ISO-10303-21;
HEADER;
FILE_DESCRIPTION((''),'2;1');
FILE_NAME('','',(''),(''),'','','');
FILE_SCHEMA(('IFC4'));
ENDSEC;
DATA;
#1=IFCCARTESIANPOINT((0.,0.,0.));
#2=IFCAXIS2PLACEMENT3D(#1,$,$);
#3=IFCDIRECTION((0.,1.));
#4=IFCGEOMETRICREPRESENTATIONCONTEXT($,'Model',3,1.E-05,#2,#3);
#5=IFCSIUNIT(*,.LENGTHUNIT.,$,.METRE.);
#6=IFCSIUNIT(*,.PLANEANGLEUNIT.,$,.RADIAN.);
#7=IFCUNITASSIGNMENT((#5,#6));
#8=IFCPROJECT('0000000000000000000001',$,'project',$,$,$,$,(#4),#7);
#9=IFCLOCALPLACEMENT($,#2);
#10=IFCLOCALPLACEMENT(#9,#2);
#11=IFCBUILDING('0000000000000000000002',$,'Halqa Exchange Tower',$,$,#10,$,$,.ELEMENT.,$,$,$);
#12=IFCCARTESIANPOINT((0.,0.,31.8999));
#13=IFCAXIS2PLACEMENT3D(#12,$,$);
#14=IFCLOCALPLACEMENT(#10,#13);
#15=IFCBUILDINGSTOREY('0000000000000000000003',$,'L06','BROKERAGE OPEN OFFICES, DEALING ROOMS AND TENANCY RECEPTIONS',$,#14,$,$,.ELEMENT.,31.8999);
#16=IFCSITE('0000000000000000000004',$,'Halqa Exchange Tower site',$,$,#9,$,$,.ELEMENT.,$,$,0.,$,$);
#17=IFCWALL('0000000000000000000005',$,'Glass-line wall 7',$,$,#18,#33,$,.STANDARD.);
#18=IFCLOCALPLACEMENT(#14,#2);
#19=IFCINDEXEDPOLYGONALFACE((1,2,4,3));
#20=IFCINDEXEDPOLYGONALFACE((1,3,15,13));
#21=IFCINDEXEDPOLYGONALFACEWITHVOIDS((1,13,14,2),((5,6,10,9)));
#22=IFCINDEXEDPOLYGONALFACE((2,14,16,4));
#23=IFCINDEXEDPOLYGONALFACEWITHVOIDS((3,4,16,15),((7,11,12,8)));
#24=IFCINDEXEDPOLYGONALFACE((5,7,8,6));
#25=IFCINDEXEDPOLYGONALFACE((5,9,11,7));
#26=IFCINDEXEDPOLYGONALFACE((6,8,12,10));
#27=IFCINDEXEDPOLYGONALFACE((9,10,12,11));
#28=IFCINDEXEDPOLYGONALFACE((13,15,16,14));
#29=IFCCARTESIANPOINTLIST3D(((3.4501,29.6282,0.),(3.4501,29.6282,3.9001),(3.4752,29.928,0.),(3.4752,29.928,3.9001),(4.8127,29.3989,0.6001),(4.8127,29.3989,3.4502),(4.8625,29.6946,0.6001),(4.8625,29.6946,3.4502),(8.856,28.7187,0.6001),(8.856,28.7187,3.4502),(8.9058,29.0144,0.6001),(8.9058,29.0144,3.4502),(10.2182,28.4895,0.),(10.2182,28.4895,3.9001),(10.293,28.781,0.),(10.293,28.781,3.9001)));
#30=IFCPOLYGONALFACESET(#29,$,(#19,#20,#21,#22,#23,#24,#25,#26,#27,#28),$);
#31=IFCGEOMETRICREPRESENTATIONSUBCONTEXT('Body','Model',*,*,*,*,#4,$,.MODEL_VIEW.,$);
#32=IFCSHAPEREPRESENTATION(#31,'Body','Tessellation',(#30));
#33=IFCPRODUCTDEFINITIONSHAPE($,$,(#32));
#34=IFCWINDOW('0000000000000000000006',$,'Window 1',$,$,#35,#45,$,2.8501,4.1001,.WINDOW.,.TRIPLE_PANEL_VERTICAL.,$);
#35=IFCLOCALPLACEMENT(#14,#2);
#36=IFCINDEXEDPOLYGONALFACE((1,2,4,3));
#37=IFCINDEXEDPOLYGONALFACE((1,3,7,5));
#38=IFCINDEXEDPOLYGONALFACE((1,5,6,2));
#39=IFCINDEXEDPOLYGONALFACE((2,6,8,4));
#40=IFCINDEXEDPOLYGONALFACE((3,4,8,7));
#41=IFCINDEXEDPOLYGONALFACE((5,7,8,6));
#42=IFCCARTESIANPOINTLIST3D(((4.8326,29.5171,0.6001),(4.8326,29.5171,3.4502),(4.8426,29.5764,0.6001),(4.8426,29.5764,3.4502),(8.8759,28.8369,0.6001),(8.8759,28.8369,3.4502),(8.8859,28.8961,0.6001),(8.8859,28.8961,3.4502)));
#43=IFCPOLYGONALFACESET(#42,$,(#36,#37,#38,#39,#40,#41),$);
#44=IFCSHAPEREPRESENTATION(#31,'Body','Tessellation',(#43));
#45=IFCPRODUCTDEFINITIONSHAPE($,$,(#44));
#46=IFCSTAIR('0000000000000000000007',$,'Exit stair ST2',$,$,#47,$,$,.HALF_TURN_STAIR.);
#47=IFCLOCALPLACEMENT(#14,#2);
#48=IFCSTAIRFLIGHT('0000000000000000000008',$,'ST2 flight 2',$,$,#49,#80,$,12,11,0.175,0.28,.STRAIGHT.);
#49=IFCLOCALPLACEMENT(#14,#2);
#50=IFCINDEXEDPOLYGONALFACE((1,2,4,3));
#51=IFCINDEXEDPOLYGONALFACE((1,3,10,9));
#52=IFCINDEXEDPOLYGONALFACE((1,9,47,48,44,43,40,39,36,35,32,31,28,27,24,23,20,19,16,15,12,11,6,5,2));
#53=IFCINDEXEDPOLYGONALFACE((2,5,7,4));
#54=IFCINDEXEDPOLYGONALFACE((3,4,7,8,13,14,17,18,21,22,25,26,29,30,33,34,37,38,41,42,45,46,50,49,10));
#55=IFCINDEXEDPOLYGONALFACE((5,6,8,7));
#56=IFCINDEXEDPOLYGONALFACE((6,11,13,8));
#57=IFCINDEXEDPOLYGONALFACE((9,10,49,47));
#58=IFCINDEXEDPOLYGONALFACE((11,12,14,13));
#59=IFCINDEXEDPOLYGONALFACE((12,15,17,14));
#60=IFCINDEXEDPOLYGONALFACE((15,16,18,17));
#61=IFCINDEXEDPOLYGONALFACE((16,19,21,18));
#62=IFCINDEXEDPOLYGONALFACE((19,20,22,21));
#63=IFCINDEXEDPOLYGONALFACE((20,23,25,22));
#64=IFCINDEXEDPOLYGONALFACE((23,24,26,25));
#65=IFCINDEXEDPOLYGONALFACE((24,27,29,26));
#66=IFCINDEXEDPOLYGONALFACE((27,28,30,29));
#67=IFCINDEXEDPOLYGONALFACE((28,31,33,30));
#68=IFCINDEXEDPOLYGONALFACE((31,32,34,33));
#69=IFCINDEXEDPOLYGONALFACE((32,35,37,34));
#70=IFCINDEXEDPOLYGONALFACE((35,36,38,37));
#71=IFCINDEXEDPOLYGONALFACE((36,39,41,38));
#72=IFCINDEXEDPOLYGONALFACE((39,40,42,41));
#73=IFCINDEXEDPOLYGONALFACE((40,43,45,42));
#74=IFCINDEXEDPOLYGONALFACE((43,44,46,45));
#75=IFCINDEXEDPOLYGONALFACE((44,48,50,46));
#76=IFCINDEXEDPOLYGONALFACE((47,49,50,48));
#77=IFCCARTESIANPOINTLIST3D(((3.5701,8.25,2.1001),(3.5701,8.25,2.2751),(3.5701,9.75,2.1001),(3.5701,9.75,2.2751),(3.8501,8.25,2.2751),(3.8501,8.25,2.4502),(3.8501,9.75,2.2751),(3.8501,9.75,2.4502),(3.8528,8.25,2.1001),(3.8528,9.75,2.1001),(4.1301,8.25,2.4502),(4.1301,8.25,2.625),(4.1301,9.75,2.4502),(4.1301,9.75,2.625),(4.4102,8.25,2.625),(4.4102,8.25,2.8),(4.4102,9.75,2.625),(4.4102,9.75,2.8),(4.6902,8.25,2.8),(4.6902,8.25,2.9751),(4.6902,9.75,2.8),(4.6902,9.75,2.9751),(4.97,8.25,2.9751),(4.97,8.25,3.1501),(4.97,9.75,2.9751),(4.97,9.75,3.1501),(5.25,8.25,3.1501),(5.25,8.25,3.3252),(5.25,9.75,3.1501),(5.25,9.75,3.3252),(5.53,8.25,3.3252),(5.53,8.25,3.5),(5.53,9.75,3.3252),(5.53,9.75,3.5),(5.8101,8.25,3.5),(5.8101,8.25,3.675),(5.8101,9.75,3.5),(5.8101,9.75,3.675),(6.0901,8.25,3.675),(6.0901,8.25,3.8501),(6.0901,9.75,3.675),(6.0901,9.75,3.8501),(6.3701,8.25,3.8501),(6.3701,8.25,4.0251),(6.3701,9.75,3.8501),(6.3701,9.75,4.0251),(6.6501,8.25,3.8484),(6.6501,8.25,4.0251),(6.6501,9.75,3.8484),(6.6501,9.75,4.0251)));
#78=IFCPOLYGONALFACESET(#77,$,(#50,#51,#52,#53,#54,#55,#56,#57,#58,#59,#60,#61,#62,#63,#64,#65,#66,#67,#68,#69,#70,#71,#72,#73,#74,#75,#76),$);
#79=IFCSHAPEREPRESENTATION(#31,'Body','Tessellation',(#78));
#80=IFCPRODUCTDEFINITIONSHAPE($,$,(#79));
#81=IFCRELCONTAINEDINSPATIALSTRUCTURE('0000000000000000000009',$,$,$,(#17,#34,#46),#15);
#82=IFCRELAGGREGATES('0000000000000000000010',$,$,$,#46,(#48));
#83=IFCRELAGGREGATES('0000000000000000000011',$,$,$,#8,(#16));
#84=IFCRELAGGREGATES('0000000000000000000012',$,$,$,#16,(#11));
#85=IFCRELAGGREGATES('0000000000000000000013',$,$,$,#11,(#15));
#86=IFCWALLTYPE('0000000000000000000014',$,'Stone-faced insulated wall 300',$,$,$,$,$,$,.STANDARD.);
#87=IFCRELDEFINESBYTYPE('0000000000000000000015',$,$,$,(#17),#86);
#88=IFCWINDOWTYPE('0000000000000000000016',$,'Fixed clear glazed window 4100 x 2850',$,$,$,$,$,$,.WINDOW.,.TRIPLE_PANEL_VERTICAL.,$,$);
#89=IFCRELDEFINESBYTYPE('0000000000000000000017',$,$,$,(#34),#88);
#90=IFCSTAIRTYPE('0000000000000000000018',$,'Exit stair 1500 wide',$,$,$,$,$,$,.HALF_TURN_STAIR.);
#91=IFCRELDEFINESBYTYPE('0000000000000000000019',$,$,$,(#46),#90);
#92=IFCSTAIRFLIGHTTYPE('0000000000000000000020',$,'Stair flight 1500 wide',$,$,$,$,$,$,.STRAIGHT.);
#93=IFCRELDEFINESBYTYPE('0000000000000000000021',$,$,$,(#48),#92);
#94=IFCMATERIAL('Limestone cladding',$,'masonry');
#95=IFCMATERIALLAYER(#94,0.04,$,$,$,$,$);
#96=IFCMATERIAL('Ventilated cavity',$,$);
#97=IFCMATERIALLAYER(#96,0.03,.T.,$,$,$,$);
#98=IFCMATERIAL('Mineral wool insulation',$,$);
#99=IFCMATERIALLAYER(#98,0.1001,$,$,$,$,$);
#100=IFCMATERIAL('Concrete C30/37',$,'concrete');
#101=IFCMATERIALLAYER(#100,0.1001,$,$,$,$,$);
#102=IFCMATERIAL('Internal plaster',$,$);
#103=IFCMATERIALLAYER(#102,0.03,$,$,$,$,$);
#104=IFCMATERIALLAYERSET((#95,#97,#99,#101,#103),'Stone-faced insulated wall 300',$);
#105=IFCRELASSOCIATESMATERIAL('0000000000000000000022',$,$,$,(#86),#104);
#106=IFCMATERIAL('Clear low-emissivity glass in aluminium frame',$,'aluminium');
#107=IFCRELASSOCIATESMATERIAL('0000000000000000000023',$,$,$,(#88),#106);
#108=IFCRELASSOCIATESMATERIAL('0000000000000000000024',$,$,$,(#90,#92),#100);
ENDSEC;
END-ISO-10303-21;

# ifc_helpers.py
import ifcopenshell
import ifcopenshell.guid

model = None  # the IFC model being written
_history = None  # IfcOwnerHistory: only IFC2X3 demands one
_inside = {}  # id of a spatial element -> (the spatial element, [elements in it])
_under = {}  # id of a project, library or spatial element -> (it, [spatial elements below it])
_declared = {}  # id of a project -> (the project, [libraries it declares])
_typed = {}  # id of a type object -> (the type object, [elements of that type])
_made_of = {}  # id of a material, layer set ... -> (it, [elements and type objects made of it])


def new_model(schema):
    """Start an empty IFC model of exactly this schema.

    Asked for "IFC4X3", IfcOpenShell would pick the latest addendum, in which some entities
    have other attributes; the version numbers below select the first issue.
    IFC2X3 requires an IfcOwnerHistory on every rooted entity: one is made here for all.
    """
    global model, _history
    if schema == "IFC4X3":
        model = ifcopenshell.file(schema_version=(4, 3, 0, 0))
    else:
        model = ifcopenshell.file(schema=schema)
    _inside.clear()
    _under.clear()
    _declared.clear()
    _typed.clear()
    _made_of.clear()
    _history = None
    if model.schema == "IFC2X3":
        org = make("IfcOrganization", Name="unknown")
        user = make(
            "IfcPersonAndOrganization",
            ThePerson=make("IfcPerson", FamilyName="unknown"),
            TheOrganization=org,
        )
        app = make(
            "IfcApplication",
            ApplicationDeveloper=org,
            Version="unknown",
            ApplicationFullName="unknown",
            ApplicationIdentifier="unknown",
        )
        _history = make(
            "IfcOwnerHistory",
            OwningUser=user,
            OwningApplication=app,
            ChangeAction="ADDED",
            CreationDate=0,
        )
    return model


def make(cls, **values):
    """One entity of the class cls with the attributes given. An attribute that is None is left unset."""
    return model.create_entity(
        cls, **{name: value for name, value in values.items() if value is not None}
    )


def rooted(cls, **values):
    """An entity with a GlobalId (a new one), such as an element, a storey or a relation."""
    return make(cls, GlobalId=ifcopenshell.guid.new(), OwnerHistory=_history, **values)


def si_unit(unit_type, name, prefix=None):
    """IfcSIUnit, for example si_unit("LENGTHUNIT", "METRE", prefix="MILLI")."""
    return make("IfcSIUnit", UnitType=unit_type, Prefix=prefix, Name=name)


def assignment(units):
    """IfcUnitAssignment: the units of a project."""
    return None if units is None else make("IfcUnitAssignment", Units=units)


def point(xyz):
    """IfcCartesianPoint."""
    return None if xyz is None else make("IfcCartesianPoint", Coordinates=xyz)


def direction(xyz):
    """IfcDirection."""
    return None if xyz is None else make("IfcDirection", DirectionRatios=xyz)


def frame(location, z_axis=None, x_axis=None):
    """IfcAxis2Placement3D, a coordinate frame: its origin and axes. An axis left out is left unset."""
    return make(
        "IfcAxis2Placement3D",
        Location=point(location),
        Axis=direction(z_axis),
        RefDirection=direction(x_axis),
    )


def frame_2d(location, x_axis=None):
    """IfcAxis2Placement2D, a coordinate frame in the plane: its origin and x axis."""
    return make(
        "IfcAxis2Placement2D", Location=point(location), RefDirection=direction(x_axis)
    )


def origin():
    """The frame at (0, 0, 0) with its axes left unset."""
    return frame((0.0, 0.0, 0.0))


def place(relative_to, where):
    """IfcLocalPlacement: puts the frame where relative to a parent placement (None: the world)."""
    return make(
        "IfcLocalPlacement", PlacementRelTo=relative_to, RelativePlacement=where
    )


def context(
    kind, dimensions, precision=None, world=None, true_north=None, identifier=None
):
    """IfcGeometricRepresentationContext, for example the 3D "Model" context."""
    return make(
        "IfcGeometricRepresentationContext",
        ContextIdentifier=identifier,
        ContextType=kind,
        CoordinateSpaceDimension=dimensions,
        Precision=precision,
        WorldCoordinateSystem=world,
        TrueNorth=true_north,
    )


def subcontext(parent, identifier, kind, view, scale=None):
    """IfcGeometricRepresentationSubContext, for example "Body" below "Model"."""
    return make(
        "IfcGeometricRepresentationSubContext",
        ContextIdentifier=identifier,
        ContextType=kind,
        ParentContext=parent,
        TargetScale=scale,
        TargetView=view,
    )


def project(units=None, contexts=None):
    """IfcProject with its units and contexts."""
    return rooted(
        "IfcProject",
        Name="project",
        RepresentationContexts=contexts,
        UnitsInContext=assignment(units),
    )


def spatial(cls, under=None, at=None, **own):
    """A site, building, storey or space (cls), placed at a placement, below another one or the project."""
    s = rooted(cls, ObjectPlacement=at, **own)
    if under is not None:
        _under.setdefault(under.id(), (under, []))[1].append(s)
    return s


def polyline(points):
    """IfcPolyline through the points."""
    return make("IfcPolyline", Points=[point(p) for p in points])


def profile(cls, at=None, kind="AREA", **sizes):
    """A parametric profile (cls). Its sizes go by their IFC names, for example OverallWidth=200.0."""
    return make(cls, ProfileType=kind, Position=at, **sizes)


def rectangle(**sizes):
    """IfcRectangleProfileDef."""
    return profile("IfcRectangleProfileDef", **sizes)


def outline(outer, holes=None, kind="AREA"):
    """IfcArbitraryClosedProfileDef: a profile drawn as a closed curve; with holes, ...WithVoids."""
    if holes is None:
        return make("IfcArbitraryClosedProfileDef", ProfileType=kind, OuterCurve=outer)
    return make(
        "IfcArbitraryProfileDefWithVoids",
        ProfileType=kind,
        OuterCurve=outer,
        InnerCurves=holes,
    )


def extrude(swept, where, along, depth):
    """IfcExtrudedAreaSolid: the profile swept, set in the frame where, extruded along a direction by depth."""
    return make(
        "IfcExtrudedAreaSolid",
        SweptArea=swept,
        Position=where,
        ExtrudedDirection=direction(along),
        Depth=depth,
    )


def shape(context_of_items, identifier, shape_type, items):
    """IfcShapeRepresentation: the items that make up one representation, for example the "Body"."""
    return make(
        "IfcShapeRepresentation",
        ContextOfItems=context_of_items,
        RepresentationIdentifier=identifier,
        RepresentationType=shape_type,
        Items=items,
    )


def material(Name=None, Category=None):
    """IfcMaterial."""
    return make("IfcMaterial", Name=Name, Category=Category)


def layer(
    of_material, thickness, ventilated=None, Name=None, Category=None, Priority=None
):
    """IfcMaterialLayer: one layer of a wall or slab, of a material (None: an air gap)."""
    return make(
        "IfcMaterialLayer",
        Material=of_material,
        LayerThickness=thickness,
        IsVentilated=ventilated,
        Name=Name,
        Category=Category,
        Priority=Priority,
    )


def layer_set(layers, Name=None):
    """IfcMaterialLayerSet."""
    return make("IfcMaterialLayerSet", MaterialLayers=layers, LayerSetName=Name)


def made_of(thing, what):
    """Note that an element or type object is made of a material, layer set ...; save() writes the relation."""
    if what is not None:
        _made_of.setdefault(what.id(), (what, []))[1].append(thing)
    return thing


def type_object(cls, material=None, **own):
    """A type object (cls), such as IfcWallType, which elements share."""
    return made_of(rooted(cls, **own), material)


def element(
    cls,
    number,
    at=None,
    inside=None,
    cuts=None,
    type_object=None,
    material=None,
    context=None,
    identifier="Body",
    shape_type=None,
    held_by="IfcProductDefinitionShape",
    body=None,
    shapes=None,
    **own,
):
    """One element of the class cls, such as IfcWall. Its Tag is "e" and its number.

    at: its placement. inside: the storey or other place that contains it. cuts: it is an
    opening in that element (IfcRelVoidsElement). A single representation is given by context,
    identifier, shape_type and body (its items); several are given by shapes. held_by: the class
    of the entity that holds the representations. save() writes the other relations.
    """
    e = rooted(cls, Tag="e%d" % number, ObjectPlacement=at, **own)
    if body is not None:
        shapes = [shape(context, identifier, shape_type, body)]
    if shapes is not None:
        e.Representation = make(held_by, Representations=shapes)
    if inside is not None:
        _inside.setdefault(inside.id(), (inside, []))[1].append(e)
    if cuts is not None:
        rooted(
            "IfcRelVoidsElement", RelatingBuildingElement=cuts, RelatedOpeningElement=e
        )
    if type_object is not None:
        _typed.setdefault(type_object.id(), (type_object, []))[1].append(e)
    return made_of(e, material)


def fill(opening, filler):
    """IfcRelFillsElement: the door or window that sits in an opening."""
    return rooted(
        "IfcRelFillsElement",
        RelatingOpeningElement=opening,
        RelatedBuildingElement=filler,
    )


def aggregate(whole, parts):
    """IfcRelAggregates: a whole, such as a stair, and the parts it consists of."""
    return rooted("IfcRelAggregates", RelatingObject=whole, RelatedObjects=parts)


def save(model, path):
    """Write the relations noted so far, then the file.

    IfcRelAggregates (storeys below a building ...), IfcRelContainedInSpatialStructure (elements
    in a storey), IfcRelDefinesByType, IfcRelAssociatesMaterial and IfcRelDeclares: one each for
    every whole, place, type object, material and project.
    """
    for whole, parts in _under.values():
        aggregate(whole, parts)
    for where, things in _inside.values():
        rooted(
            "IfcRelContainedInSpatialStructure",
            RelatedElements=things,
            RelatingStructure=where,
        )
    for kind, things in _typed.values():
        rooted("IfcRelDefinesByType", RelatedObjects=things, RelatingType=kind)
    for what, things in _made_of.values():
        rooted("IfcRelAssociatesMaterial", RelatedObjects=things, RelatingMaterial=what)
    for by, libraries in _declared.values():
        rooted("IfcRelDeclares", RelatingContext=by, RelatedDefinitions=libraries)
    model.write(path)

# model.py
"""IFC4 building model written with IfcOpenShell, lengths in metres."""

from ifc_helpers import new_model, si_unit, direction, frame, frame_2d, origin, place, context, subcontext, project, spatial, polyline, rectangle, outline, extrude, material, layer, layer_set, type_object, element, fill, aggregate, save


model = new_model("IFC4")

# Units and contexts
model_context = context("Model", 3, precision=1e-05, world=origin(), true_north=direction((0.0, 1.0)))
body_context = subcontext(model_context, "Body", "Model", "MODEL_VIEW")
ifc_project = project(units=[si_unit("LENGTHUNIT", "METRE"), si_unit("PLANEANGLEUNIT", "RADIAN")], contexts=[model_context])

# Site, building, storey
site_placement = place(None, origin())
site = spatial("IfcSite", under=ifc_project, at=site_placement, Name="Halqa Exchange Tower site", CompositionType="ELEMENT", RefElevation=0.0)
building_placement = place(site_placement, origin())
building = spatial("IfcBuilding", under=site, at=building_placement, Name="Halqa Exchange Tower", CompositionType="ELEMENT")
storey_placement = place(building_placement, frame((0.0, 0.0, 31.8999)))
storey = spatial("IfcBuildingStorey", under=building, at=storey_placement, Name="L06", Description="BROKERAGE OPEN OFFICES, DEALING ROOMS AND TENANCY RECEPTIONS", CompositionType="ELEMENT", Elevation=31.8999)

# Shared definitions
ifc_material_1 = material(Name="Concrete C30/37", Category="concrete")

# Wall, opening, window
ifc_material_2 = material(Name="Limestone cladding", Category="masonry")
ifc_layer_1 = layer(ifc_material_2, 0.04)
ifc_material_3 = material(Name="Ventilated cavity")
ifc_layer_2 = layer(ifc_material_3, 0.03, ventilated=True)
ifc_material_4 = material(Name="Mineral wool insulation")
ifc_layer_3 = layer(ifc_material_4, 0.1001)
ifc_layer_4 = layer(ifc_material_1, 0.1001)
ifc_material_5 = material(Name="Internal plaster")
ifc_layer_5 = layer(ifc_material_5, 0.03)
ifc_layer_set_1 = layer_set([ifc_layer_1, ifc_layer_2, ifc_layer_3, ifc_layer_4, ifc_layer_5], Name="Stone-faced insulated wall 300")
wall_type_1 = type_object("IfcWallType", Name="Stone-faced insulated wall 300", PredefinedType="STANDARD", material=ifc_layer_set_1)
wall_1_placement = place(storey_placement, frame((10.2556, 28.6353, 0.0), z_axis=(0.0, 0.0, 1.0), x_axis=(-0.986142, 0.165905, 0.0)))
wall_1 = element("IfcWall", 1, at=wall_1_placement, inside=storey, type_object=wall_type_1, Name="Glass-line wall 7", PredefinedType="STANDARD", context=body_context, shape_type="SweptSolid", body=[
    extrude(outline(polyline([(-0.0127, -0.1499), (6.9009, -0.1499), (6.876, 0.1499), (0.0127, 0.1499), (-0.0127, -0.1499)])), origin(), (0.0, 0.0, 1.0), 3.9001),
])
opening_1_placement = place(wall_1_placement, frame((1.394, 0.0, 0.6001)))
opening_1 = element("IfcOpeningElement", 2, at=opening_1_placement, cuts=wall_1, PredefinedType="OPENING", context=body_context, shape_type="SweptSolid", body=[
    extrude(rectangle(XDim=4.1001, YDim=2.8501, at=frame_2d((2.05, 1.425))), frame((0.0, 0.1621, 0.0), z_axis=(0.0, -1.0, 0.0), x_axis=(1.0, 0.0, 0.0)), (0.0, 0.0, 1.0), 0.324),
])
ifc_material_6 = material(Name="Clear low-emissivity glass in aluminium frame", Category="aluminium")
window_type = type_object("IfcWindowType", Name="Fixed clear glazed window 4100 x 2850", PartitioningType="TRIPLE_PANEL_VERTICAL", PredefinedType="WINDOW", material=ifc_material_6)
window_placement = place(opening_1_placement, origin())
window = element("IfcWindow", 3, at=window_placement, inside=storey, type_object=window_type, Name="Window 1", OverallHeight=2.8501, OverallWidth=4.1001, PartitioningType="TRIPLE_PANEL_VERTICAL", PredefinedType="WINDOW", context=body_context, shape_type="SweptSolid", body=[
    extrude(rectangle(XDim=4.1001, YDim=2.8501, at=frame_2d((2.05, 1.425))), frame((0.0, 0.03, 0.0), z_axis=(0.0, -1.0, 0.0), x_axis=(1.0, 0.0, 0.0)), (0.0, 0.0, 1.0), 0.0601),
])
fill(opening_1, window)

# Stair, stair flight
stair_type = type_object("IfcStairType", Name="Exit stair 1500 wide", PredefinedType="HALF_TURN_STAIR", material=ifc_material_1)
stair_placement = place(storey_placement, origin())
stair = element("IfcStair", 4, at=stair_placement, inside=storey, type_object=stair_type, Name="Exit stair ST2", PredefinedType="HALF_TURN_STAIR")
stair_flight_type = type_object("IfcStairFlightType", Name="Stair flight 1500 wide", PredefinedType="STRAIGHT", material=ifc_material_1)
stair_flight_placement = place(storey_placement, frame((3.5701, 9.0, 2.1001), z_axis=(0.0, 0.0, 1.0), x_axis=(1.0, 0.0, 0.0)))
stair_flight = element("IfcStairFlight", 5, at=stair_flight_placement, type_object=stair_flight_type, Name="ST2 flight 2", NumberOfRisers=12, NumberOfTreads=11, PredefinedType="STRAIGHT", RiserHeight=0.175, TreadLength=0.28, context=body_context, shape_type="SweptSolid", body=[
    extrude(outline(polyline([(0.0, 0.0), (0.0, 0.175), (0.28, 0.175), (0.28, 0.3501), (0.5601, 0.3501), (0.5601, 0.5249), (0.8401, 0.5249), (0.8401, 0.7), (1.1201, 0.7), (1.1201, 0.875), (1.3999, 0.875), (1.3999, 1.05), (1.6799, 1.05), (1.6799, 1.2251), (1.96, 1.2251), (1.96, 1.3999), (2.24, 1.3999), (2.24, 1.575), (2.52, 1.575), (2.52, 1.75), (2.8, 1.75), (2.8, 1.925), (3.0801, 1.925), (3.0801, 2.1001), (3.0801, 1.7483), (0.2827, 0.0), (0.0, 0.0)])), frame((0.0, 0.75, 0.0), z_axis=(0.0, -1.0, 0.0), x_axis=(1.0, 0.0, 0.0)), (0.0, 0.0, 1.0), 1.5),
])
aggregate(stair, [stair_flight])

save(model, "model.ifc")
